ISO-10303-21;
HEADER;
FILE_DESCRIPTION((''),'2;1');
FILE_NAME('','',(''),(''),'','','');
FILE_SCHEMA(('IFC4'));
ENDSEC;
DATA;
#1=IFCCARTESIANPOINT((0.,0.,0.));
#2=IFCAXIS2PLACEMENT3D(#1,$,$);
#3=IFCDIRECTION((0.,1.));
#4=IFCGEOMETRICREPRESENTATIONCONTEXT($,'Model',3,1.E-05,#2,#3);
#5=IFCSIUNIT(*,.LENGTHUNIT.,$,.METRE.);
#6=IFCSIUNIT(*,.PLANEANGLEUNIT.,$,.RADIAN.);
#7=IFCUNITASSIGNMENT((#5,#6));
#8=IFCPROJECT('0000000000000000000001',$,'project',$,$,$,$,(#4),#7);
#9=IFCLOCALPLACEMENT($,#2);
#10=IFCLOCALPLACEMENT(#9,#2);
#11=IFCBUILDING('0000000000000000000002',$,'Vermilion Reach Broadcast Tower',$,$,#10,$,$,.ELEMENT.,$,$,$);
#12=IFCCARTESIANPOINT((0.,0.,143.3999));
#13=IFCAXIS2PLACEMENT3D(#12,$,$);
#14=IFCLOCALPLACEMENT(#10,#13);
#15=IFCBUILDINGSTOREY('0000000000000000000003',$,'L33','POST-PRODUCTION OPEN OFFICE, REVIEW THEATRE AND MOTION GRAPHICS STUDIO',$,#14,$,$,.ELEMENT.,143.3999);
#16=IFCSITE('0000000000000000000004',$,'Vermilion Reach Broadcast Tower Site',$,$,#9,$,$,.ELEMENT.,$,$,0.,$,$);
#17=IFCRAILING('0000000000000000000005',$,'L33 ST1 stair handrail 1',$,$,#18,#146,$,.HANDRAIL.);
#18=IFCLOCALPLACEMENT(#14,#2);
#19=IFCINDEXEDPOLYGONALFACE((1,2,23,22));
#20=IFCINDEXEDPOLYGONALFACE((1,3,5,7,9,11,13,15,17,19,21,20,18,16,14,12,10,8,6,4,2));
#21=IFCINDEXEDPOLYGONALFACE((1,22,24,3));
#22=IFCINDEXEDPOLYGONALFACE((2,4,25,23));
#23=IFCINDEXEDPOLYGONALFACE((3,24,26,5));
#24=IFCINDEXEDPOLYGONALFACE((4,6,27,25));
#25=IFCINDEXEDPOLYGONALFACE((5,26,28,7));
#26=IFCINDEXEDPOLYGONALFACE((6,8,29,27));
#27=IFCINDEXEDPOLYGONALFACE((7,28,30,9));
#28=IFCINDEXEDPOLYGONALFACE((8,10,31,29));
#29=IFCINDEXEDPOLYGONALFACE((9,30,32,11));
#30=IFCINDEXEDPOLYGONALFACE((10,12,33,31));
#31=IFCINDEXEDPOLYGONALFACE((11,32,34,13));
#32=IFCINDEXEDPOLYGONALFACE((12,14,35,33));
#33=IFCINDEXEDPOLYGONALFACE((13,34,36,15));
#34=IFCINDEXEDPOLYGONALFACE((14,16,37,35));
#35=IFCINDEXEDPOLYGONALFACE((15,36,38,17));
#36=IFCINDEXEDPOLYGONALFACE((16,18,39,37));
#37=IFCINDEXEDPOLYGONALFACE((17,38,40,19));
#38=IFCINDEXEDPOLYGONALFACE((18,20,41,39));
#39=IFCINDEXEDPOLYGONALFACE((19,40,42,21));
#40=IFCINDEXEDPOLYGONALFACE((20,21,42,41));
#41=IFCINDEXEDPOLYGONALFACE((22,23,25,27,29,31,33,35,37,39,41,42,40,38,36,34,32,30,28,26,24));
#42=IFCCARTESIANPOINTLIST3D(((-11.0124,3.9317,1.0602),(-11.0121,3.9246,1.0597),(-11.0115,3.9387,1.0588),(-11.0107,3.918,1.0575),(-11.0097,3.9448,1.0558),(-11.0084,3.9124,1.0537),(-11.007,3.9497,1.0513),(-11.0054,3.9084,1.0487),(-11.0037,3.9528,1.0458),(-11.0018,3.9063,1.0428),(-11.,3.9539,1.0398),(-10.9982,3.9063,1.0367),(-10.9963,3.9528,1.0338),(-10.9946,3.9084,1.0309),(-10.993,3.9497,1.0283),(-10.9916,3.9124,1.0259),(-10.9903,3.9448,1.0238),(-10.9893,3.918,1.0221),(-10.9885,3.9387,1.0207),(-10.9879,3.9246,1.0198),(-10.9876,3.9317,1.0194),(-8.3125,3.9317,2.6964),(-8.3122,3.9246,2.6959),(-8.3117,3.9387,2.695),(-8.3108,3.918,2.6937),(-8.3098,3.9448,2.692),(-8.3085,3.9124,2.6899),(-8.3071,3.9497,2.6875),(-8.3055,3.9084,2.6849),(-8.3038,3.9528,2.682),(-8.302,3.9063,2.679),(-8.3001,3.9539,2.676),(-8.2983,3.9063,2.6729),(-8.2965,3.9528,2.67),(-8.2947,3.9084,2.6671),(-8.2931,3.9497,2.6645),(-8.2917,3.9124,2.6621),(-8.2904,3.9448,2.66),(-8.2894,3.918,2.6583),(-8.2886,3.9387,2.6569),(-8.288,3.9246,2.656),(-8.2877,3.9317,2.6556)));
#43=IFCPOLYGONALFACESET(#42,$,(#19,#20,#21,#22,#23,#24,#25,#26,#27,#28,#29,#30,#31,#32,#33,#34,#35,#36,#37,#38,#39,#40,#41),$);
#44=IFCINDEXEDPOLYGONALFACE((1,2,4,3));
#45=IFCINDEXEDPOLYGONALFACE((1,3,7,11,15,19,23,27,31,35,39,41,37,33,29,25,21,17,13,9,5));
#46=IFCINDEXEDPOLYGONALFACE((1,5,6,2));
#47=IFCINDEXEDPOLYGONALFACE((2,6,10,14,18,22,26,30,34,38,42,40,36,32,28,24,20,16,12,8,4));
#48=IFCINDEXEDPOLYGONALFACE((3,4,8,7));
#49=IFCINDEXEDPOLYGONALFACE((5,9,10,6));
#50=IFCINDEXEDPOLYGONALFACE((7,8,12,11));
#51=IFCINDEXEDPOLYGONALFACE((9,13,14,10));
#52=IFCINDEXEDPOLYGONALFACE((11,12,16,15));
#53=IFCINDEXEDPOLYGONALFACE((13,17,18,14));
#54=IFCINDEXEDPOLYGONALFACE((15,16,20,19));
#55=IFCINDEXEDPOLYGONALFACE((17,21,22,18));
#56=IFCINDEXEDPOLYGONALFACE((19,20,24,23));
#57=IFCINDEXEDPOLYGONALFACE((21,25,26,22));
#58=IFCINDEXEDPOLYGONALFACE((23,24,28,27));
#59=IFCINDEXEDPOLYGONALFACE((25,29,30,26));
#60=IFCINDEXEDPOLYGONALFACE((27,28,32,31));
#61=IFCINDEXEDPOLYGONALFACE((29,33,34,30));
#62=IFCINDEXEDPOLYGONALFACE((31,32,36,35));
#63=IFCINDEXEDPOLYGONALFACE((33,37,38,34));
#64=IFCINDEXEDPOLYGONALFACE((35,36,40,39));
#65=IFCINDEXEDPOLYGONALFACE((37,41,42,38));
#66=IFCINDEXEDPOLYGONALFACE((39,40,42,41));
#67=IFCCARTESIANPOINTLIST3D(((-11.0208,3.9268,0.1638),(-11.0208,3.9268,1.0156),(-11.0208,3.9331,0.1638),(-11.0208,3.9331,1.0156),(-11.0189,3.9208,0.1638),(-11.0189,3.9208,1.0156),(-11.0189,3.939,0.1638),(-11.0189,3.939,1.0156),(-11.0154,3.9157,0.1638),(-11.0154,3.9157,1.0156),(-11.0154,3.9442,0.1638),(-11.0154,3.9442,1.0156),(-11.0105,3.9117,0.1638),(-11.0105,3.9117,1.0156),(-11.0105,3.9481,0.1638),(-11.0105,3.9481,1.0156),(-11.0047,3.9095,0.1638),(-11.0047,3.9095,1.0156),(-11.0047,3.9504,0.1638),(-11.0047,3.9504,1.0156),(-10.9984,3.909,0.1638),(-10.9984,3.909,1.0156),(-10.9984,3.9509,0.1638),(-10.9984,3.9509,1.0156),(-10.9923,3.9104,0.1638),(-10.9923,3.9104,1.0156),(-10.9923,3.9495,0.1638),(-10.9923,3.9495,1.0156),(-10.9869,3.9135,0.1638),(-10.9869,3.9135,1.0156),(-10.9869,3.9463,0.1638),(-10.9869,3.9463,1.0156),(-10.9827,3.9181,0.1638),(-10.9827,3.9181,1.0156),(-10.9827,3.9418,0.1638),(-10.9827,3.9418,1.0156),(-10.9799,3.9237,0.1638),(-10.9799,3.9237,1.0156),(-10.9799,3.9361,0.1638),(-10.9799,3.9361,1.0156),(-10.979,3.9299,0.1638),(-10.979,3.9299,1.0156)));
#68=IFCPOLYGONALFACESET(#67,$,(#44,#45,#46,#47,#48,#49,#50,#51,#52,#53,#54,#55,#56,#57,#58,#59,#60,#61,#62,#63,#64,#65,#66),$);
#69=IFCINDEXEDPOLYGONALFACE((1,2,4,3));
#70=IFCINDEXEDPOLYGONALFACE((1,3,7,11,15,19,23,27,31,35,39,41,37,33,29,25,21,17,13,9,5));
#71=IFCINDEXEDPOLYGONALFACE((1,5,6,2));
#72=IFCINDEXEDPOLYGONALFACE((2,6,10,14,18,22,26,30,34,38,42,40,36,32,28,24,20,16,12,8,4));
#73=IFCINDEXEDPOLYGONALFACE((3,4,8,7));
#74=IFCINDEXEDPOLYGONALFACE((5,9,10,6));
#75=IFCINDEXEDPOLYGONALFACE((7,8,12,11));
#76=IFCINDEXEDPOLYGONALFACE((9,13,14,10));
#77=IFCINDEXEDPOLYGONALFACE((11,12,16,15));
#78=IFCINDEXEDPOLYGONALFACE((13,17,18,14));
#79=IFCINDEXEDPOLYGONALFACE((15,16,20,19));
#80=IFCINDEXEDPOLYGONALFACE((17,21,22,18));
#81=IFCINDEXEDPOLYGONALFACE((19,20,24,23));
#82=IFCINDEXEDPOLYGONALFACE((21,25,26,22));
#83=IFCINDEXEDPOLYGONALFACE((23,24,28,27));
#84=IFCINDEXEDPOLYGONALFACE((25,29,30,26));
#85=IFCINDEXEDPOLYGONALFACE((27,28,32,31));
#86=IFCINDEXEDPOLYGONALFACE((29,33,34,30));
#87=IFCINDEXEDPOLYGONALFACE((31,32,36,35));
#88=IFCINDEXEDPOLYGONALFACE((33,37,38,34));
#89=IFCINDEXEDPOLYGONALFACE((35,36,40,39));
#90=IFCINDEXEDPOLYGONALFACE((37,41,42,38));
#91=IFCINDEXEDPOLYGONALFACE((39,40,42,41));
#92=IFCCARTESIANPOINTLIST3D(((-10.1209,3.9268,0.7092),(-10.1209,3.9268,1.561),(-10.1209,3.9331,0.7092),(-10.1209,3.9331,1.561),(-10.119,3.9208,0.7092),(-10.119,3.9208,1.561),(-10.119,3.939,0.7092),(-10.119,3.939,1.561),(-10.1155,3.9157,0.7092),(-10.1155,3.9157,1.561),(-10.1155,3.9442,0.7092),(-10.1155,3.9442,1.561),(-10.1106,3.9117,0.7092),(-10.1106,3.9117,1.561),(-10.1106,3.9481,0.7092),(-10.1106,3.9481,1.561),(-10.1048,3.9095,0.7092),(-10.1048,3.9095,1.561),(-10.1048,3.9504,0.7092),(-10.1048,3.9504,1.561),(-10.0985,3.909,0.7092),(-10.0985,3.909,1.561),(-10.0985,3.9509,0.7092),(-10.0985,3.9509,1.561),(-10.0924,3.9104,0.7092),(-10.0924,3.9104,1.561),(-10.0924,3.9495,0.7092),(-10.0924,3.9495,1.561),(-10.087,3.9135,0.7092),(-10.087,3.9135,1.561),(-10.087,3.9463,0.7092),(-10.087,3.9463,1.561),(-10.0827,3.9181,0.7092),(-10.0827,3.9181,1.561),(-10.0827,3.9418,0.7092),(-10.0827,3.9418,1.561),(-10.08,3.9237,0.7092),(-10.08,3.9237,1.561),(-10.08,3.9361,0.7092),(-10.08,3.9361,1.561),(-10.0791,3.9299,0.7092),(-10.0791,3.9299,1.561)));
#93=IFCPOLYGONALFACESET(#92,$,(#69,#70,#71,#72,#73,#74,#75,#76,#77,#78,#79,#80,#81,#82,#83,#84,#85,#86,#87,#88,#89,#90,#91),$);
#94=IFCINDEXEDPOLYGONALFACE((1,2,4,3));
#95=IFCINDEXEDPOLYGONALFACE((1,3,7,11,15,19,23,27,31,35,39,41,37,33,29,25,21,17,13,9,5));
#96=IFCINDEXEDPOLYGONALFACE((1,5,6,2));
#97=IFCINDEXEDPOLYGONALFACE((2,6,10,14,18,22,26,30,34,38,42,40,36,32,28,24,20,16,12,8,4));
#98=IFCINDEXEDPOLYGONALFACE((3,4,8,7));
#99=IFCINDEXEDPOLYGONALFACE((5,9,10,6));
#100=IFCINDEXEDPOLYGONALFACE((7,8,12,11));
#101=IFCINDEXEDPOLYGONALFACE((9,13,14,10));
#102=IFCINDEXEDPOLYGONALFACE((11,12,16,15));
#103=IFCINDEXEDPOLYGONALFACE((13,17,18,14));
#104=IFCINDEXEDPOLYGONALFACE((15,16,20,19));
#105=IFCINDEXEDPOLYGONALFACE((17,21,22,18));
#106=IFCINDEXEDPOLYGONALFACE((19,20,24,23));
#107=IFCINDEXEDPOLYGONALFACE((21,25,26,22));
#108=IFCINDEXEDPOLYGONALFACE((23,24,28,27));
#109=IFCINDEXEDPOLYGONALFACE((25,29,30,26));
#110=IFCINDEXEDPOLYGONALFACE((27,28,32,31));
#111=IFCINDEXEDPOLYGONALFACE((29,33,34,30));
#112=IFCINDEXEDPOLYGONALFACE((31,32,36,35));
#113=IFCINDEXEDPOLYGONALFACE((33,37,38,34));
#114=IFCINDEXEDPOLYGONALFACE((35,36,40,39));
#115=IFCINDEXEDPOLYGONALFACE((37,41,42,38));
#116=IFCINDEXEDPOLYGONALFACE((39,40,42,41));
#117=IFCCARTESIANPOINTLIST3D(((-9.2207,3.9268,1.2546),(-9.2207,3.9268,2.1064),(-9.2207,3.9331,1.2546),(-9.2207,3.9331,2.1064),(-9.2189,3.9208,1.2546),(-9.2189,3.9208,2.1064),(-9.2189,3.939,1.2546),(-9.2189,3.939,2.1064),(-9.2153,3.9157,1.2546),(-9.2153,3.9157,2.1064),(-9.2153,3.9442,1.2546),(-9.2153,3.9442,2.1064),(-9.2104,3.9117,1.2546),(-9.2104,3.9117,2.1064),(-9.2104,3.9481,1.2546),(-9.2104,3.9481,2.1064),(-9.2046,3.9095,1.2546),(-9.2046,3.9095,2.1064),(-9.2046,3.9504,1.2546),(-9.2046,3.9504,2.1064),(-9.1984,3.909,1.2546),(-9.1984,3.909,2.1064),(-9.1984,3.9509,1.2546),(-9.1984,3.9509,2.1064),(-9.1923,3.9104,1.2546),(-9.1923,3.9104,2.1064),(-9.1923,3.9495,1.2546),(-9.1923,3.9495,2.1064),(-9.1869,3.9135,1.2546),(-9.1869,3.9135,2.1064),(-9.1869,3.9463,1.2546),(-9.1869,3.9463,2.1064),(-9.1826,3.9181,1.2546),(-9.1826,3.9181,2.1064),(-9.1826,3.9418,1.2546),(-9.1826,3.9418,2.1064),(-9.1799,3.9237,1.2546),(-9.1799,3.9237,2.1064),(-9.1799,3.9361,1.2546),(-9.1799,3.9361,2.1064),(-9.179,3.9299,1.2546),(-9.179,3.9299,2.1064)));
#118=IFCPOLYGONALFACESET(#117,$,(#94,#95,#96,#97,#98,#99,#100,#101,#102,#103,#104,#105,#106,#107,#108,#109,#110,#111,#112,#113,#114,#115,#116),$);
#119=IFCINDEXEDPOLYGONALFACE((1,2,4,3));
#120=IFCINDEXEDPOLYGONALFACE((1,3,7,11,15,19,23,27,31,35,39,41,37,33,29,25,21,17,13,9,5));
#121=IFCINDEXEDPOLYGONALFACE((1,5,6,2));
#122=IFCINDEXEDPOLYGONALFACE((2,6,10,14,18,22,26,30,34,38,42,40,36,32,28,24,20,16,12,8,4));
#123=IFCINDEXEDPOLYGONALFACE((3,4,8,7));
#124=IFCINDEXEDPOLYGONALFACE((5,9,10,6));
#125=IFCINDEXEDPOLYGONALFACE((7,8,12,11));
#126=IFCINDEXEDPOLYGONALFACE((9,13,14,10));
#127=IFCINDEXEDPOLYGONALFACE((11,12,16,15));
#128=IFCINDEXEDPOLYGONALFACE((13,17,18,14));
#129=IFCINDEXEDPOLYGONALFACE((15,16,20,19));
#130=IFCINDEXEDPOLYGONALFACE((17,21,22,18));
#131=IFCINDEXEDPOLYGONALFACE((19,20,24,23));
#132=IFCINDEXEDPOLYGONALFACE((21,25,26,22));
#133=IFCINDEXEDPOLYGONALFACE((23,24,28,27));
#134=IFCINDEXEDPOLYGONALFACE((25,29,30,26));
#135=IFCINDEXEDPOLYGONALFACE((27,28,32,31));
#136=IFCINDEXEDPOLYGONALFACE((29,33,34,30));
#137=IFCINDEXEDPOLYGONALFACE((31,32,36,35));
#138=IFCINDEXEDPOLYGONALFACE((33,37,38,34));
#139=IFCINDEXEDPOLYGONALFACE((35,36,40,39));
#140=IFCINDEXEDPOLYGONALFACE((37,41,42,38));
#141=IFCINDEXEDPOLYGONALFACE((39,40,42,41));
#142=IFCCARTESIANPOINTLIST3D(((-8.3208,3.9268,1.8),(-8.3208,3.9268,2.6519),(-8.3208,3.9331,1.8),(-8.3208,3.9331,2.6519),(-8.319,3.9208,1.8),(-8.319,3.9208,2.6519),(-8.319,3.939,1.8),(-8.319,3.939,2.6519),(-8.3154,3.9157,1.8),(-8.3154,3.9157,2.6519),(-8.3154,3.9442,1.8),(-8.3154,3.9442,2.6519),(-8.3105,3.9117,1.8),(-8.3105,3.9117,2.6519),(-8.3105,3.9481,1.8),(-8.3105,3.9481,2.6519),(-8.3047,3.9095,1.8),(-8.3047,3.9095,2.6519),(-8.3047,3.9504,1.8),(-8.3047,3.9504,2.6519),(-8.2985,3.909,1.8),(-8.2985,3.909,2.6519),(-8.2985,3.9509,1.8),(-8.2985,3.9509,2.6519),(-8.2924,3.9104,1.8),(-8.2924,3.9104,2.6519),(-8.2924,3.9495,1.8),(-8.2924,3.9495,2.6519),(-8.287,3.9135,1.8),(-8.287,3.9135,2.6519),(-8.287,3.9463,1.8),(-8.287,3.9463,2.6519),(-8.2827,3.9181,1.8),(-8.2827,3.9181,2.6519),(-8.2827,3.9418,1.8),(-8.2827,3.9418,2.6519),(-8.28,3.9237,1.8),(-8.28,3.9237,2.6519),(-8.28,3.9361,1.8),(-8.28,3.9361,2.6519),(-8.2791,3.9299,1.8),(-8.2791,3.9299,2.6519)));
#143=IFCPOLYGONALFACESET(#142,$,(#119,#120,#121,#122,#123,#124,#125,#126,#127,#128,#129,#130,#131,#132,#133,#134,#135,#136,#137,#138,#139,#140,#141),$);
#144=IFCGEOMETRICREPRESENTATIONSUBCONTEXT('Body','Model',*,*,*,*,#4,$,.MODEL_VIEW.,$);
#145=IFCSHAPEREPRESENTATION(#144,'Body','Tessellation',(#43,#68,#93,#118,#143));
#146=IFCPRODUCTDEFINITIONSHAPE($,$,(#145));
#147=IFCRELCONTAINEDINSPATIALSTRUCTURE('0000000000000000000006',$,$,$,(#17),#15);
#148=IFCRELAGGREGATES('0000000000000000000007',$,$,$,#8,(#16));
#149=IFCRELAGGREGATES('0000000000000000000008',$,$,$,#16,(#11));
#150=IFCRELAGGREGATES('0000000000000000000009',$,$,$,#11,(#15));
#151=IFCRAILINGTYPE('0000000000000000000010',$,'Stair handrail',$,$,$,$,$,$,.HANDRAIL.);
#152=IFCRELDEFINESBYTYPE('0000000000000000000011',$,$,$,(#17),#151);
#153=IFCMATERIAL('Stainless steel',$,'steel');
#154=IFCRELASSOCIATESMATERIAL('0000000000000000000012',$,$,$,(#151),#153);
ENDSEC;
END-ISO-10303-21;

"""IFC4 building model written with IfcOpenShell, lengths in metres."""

from ifc_helpers import new_model, si_unit, direction, frame, origin, origin_2d, place, context, subcontext, project, spatial, circle, extrude, material, type_object, element, save


model = new_model("IFC4")

# Units and contexts
model_context = context("Model", 3, precision=1e-05, world=origin(), true_north=direction((0.0, 1.0)))
body_context = subcontext(model_context, "Body", "Model", "MODEL_VIEW")
ifc_project = project(units=[si_unit("LENGTHUNIT", "METRE"), si_unit("PLANEANGLEUNIT", "RADIAN")], contexts=[model_context])

# Site, building, storey
site_placement = place(None, origin())
site = spatial("IfcSite", under=ifc_project, at=site_placement, Name="Vermilion Reach Broadcast Tower Site", CompositionType="ELEMENT", RefElevation=0.0)
building_placement = place(site_placement, origin())
building = spatial("IfcBuilding", under=site, at=building_placement, Name="Vermilion Reach Broadcast Tower", CompositionType="ELEMENT")
storey_placement = place(building_placement, frame((0.0, 0.0, 143.3999)))
storey = spatial("IfcBuildingStorey", under=building, at=storey_placement, Name="L33", Description="POST-PRODUCTION OPEN OFFICE, REVIEW THEATRE AND MOTION GRAPHICS STUDIO", CompositionType="ELEMENT", Elevation=143.3999)

# Railing
ifc_material_1 = material(Name="Stainless steel", Category="steel")
railing_type_1 = type_object("IfcRailingType", Name="Stair handrail", PredefinedType="HANDRAIL", material=ifc_material_1)
railing_1_placement = place(storey_placement, frame((-11.0, 3.9299, 0.1638)))
element("IfcRailing", 1, at=railing_1_placement, inside=storey, type_object=railing_type_1, Name="L33 ST1 stair handrail 1", PredefinedType="HANDRAIL", context=body_context, shape_type="SweptSolid", body=[
    extrude(circle(Radius=0.0239, at=origin_2d()), frame((0.0, 0.0, 0.876), z_axis=(0.855212, 0.0, 0.518278), x_axis=(0.0, 1.0, 0.0)), (0.0, 0.0, 1.0), 3.157),
    extrude(circle(Radius=0.021, at=origin_2d()), origin(), (0.0, 0.0, 1.0), 0.8518),
    extrude(circle(Radius=0.021, at=origin_2d()), frame((0.8999, 0.0, 0.5454)), (0.0, 0.0, 1.0), 0.8518),
    extrude(circle(Radius=0.021, at=origin_2d()), frame((1.8, 0.0, 1.0908)), (0.0, 0.0, 1.0), 0.8518),
    extrude(circle(Radius=0.021, at=origin_2d()), frame((2.7, 0.0, 1.6362)), (0.0, 0.0, 1.0), 0.8518),
])

save(model, "model.ifc")
